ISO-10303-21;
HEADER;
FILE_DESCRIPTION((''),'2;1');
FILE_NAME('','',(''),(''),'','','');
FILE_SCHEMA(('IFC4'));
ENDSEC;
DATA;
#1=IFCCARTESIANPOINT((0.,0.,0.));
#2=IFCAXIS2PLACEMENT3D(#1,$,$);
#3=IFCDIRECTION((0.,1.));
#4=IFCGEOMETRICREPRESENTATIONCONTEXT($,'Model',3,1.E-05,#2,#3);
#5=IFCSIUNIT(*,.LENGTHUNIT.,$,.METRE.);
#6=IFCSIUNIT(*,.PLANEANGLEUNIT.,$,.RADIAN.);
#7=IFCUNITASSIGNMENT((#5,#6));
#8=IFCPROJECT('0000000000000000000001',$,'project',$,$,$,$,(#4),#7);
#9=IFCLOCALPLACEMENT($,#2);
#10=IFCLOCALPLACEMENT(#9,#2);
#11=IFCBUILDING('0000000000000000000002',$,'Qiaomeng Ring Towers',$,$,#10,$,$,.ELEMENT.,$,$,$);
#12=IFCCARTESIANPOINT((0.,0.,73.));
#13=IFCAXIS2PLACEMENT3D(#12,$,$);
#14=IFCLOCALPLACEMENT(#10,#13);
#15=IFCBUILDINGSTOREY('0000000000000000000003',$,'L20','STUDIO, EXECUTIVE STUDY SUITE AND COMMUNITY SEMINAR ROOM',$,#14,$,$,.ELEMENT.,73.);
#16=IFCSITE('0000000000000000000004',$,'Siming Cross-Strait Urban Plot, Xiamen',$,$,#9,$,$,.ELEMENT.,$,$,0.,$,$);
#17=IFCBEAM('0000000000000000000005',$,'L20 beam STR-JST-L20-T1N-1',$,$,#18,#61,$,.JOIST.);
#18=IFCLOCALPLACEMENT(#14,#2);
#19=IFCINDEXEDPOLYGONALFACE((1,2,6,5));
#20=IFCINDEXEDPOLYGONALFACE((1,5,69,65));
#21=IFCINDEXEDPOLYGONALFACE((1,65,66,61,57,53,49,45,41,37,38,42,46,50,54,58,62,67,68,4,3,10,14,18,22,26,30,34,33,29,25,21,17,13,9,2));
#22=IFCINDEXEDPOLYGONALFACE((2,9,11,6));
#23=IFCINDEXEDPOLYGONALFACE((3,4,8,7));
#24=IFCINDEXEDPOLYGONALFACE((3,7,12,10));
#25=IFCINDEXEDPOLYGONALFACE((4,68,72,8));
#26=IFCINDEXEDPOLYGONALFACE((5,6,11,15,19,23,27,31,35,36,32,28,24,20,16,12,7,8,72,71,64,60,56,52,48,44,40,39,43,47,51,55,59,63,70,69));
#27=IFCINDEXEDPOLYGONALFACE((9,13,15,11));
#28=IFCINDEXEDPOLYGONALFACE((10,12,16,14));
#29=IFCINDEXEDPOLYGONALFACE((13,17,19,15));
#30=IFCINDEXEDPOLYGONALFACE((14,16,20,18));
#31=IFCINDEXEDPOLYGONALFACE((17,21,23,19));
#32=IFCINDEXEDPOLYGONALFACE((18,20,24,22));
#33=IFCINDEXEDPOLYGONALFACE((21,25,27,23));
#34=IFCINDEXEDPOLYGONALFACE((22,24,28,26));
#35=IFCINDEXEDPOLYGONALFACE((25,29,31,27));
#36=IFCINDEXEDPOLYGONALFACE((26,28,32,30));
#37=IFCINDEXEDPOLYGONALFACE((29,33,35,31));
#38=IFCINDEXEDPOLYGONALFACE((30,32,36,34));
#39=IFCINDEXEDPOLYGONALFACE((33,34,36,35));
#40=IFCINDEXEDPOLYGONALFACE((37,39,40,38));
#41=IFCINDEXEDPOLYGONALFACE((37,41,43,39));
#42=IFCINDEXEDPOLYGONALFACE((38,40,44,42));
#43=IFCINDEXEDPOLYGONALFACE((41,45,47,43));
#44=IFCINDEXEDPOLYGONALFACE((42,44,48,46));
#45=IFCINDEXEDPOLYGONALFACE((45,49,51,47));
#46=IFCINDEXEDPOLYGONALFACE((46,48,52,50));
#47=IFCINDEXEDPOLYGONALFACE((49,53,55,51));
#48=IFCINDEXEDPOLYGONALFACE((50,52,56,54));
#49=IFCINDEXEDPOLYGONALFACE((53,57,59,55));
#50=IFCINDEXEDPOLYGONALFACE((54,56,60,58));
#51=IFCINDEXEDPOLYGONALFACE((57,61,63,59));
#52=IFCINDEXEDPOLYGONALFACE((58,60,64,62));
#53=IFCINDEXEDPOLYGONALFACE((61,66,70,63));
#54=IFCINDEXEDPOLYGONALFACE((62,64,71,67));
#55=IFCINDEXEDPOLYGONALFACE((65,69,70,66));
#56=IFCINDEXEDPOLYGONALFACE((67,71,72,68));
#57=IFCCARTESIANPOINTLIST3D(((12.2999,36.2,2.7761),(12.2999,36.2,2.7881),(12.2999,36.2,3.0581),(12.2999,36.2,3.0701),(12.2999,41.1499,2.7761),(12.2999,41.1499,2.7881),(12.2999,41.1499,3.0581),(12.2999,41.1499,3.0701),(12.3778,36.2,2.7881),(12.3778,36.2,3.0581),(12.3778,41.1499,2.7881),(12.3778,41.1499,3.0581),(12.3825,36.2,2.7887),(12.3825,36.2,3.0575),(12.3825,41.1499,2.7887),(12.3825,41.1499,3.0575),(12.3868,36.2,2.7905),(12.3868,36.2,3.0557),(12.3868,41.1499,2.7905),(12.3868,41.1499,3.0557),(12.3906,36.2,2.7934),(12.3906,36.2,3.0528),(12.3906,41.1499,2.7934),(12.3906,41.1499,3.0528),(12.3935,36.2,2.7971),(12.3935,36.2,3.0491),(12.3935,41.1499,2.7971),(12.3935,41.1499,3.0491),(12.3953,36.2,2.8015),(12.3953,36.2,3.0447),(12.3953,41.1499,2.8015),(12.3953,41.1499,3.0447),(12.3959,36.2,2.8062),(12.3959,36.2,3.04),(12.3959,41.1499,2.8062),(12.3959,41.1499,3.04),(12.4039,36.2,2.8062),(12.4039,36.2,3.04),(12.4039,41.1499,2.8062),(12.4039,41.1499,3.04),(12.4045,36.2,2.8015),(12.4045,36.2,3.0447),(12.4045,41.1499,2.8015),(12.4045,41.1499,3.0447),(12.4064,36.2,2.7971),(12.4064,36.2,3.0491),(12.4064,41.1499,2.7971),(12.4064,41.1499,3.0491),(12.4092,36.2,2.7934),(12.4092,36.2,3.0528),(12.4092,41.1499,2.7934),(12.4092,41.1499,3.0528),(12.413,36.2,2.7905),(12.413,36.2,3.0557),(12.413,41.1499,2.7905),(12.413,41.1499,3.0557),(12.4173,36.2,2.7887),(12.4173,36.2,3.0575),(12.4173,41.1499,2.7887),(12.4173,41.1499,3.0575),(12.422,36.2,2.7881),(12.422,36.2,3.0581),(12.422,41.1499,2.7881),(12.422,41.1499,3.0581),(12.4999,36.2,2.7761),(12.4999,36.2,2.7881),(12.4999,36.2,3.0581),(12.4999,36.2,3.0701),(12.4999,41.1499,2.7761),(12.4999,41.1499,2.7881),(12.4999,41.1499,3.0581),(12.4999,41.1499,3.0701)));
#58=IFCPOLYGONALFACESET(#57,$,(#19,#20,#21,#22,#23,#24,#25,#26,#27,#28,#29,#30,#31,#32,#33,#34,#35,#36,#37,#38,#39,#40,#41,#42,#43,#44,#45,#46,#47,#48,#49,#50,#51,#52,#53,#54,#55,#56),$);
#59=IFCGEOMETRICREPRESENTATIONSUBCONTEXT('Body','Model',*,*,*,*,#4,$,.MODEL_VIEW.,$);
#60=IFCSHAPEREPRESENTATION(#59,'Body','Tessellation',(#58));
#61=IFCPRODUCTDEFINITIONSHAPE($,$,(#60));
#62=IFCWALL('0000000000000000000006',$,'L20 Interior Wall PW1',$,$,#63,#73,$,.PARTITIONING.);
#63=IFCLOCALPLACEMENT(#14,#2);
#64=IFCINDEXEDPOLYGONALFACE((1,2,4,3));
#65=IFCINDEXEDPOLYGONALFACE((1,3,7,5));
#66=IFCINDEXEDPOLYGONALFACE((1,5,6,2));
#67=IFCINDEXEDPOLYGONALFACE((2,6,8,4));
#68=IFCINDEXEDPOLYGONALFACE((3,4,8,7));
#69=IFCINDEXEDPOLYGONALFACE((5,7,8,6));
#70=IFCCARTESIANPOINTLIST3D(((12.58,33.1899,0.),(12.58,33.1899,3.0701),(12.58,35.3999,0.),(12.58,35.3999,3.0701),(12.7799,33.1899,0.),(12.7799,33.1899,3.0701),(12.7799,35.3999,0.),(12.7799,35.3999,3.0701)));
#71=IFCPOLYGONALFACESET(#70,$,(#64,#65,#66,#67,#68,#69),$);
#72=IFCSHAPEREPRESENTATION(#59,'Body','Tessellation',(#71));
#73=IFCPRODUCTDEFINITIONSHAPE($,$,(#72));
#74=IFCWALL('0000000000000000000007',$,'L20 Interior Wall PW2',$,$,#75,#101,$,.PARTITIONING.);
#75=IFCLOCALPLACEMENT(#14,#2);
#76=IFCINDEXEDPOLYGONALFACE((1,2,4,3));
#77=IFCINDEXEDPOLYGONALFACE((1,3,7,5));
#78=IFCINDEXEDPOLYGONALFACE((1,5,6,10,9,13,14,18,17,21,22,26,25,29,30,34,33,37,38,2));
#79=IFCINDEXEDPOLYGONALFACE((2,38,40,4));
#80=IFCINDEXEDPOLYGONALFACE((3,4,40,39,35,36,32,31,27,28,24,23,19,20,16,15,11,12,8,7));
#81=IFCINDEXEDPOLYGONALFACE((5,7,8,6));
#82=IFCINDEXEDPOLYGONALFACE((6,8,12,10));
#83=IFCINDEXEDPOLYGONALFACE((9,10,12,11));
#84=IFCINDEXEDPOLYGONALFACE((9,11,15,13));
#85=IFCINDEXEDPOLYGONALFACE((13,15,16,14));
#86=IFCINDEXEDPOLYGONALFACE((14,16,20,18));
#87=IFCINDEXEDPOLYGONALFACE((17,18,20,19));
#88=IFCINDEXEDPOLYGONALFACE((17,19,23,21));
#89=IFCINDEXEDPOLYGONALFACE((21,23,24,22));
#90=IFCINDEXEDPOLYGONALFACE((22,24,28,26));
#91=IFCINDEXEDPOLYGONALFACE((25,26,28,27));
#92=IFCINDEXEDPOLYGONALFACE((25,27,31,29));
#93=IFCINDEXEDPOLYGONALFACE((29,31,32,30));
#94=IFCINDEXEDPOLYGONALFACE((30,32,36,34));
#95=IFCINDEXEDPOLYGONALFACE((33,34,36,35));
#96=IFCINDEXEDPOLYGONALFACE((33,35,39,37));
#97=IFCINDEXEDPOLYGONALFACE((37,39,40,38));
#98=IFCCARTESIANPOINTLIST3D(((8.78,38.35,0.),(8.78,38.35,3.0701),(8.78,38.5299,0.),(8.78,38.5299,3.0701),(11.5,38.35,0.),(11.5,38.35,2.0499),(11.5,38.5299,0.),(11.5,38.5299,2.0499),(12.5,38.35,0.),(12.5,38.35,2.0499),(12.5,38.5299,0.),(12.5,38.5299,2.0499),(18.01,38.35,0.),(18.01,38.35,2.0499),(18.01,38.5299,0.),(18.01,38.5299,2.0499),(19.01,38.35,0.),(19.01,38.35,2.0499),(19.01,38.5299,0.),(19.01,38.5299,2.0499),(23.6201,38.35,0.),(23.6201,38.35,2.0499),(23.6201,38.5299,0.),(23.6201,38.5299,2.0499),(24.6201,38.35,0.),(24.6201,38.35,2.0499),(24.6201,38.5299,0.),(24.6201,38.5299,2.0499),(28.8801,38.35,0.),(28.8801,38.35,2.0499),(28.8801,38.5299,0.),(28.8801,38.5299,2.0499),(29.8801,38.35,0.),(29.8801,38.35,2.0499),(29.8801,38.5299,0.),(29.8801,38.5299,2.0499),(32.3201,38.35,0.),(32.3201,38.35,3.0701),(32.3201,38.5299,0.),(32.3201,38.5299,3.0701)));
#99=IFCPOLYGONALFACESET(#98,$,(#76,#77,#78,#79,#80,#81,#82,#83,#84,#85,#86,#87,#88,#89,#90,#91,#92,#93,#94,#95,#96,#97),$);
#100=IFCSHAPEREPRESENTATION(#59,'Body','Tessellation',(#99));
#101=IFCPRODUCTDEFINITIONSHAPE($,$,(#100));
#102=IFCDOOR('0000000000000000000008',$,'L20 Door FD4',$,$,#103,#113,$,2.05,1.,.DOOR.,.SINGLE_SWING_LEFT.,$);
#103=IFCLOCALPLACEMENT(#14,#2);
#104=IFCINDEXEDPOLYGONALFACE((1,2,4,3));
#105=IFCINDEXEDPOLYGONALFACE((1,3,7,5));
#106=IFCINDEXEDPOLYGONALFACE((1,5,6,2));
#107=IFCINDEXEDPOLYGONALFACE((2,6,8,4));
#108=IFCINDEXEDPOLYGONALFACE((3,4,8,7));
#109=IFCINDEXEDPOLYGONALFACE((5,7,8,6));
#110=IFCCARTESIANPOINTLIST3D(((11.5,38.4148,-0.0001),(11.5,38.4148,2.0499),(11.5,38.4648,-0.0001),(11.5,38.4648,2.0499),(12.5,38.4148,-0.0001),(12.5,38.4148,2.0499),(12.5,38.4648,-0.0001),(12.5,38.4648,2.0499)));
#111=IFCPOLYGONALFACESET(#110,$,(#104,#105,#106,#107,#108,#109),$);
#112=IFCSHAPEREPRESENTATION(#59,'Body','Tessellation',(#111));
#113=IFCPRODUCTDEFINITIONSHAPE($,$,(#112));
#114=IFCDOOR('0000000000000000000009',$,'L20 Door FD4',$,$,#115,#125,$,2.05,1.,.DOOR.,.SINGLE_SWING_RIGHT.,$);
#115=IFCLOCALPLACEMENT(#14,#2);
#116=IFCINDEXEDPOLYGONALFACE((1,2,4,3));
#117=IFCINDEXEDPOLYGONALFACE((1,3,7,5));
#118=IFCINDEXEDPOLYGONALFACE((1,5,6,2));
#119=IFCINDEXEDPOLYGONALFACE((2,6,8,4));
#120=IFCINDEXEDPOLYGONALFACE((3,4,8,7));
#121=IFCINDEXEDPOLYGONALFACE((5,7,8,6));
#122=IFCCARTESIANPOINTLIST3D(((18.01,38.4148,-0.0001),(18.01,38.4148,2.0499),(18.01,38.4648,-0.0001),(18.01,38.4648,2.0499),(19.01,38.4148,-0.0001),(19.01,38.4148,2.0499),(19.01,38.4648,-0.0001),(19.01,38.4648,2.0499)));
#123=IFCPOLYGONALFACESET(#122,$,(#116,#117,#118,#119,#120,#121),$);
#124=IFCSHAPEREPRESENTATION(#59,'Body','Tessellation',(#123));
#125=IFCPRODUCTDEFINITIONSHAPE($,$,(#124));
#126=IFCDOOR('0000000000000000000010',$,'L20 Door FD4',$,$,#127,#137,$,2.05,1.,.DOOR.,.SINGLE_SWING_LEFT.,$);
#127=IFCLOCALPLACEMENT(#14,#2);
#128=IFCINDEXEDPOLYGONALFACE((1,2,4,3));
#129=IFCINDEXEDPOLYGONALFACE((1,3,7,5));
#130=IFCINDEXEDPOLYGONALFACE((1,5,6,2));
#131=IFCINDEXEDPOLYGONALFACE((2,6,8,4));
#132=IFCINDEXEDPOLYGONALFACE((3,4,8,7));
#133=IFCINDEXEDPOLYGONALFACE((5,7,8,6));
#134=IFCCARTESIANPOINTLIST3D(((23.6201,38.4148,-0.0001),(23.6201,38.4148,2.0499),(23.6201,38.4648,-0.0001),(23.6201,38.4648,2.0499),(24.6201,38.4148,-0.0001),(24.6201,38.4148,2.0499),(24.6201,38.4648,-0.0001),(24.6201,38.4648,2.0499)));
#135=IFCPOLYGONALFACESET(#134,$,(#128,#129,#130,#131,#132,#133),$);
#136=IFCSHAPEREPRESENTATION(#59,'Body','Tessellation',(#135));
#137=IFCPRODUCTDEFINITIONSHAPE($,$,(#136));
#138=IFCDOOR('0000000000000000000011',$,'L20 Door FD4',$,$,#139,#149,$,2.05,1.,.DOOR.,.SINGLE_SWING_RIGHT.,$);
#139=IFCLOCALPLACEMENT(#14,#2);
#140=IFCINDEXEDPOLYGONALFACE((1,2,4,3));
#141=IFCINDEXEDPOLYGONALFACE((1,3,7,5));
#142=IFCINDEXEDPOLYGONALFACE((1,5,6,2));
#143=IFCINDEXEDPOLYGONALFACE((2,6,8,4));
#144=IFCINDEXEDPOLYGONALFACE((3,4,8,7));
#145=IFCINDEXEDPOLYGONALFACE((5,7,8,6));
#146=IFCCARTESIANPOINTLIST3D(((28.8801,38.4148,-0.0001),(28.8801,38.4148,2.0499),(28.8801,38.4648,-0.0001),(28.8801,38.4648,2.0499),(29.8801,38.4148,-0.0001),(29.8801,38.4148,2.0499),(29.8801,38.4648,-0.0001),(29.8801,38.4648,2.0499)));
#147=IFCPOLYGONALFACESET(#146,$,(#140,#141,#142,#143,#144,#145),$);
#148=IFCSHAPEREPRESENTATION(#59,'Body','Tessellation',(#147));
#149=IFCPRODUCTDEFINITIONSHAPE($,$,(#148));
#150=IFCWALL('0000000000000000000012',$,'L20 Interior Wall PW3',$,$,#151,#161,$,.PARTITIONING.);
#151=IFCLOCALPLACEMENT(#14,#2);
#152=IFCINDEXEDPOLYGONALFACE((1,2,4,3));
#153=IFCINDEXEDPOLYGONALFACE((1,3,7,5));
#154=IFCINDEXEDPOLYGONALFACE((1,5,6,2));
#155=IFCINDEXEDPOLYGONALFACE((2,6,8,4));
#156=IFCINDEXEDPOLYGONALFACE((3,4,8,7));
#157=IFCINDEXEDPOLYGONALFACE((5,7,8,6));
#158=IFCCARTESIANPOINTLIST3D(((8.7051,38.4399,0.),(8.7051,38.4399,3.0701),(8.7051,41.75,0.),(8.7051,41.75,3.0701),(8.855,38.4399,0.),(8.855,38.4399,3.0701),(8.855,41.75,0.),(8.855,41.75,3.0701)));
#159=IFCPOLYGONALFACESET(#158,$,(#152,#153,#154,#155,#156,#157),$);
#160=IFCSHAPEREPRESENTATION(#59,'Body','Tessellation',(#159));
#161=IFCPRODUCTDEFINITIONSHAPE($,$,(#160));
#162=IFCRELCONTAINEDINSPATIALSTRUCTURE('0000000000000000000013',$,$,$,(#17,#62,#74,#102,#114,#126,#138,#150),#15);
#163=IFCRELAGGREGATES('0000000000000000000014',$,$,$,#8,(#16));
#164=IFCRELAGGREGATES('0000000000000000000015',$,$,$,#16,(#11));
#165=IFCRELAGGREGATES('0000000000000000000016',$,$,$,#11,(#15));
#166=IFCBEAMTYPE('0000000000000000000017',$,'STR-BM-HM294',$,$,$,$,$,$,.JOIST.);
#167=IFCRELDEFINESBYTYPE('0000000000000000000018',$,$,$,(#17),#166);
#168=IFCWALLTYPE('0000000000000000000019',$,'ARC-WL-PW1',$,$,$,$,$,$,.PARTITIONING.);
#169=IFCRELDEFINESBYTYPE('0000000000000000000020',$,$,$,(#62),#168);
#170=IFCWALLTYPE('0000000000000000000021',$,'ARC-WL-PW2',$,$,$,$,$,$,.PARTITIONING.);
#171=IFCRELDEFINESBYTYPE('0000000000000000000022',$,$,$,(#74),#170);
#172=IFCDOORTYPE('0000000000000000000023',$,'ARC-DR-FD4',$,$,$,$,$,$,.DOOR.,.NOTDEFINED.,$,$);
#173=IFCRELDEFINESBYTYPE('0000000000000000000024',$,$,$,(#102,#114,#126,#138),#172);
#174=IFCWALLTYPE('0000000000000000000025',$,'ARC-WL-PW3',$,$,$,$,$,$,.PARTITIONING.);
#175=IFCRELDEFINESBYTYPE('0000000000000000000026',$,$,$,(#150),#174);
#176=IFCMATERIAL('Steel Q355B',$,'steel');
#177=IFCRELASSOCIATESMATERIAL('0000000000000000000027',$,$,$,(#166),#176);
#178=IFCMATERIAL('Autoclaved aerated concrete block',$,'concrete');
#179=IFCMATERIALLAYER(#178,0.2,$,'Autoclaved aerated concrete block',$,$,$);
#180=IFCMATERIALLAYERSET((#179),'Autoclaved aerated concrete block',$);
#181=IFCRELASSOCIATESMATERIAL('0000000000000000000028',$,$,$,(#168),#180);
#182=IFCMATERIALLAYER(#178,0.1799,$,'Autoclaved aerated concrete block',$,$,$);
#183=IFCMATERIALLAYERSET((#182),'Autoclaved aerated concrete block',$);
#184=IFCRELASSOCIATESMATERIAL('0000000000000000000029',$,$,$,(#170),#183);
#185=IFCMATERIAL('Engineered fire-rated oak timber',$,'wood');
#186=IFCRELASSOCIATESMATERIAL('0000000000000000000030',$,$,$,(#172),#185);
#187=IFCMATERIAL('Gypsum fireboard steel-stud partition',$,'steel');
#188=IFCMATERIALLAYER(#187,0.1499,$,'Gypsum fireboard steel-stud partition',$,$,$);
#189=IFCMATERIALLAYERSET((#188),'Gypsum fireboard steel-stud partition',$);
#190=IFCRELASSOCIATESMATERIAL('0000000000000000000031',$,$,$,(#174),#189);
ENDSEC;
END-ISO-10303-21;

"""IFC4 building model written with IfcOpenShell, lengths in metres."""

from ifc_helpers import new_model, si_unit, direction, frame, frame_2d, origin, origin_2d, place, context, subcontext, project, spatial, rectangle, i_section, extrude, source, transform, mapped, material, layer, layer_set, material_profile, profile_set, type_object, element, fill, save


model = new_model("IFC4")

# Units and contexts
model_context = context("Model", 3, precision=1e-05, world=origin(), true_north=direction((0.0, 1.0)))
body_context = subcontext(model_context, "Body", "Model", "MODEL_VIEW")
ifc_project = project(units=[si_unit("LENGTHUNIT", "METRE"), si_unit("PLANEANGLEUNIT", "RADIAN")], contexts=[model_context])

# Site, building, storey
site_placement = place(None, origin())
site = spatial("IfcSite", under=ifc_project, at=site_placement, Name="Siming Cross-Strait Urban Plot, Xiamen", CompositionType="ELEMENT", RefElevation=0.0)
building_placement = place(site_placement, origin())
building = spatial("IfcBuilding", under=site, at=building_placement, Name="Qiaomeng Ring Towers", CompositionType="ELEMENT")
storey_placement = place(building_placement, frame((0.0, 0.0, 73.0)))
storey = spatial("IfcBuildingStorey", under=building, at=storey_placement, Name="L20", Description="STUDIO, EXECUTIVE STUDY SUITE AND COMMUNITY SEMINAR ROOM", CompositionType="ELEMENT", Elevation=73.0)

# Beam
ifc_material_1 = material(Name="Steel Q355B", Category="steel")
ifc_material_profile = material_profile(ifc_material_1, i_section(OverallWidth=0.2, OverallDepth=0.2939, WebThickness=0.0081, FlangeThickness=0.012, FilletRadius=0.0181, at=origin_2d()), Name="HM 294x200x8x12")
ifc_profile_set = profile_set([ifc_material_profile], Name="Steel Q355B")
beam_type = type_object("IfcBeamType", Name="STR-BM-HM294", PredefinedType="JOIST", material=ifc_profile_set)
shared_shape_1 = source(origin(), body_context, "Body", "SweptSolid", [
    extrude(i_section(OverallWidth=0.2, OverallDepth=0.2939, WebThickness=0.0081, FlangeThickness=0.012, FilletRadius=0.0181, at=origin_2d()), origin(), (0.0, 0.0, 1.0), 4.95),
])
beam_placement = place(storey_placement, frame((12.3999, 36.2, 2.9231), z_axis=(0.0, 1.0, 0.0), x_axis=(-1.0, 0.0, 0.0)))
element("IfcBeam", 1, at=beam_placement, inside=storey, type_object=beam_type, Name="L20 beam STR-JST-L20-T1N-1", PredefinedType="JOIST", context=body_context, shape_type="MappedRepresentation", body=[
    mapped(shared_shape_1, transform((0.0, 0.0, 0.0), x_axis=(1.0, 0.0, 0.0), y_axis=(0.0, 1.0, 0.0), z_axis=(0.0, 0.0, 1.0), scale=1.0)),
])

# Wall
ifc_material_2 = material(Name="Autoclaved aerated concrete block", Category="concrete")
ifc_layer_1 = layer(ifc_material_2, 0.2, Name="Autoclaved aerated concrete block")
ifc_layer_set_1 = layer_set([ifc_layer_1], Name="Autoclaved aerated concrete block")
wall_type_1 = type_object("IfcWallType", Name="ARC-WL-PW1", PredefinedType="PARTITIONING", material=ifc_layer_set_1)
wall_1_placement = place(storey_placement, frame((12.6799, 33.1899, 0.0), z_axis=(0.0, 0.0, 1.0), x_axis=(0.0, 1.0, 0.0)))
element("IfcWall", 2, at=wall_1_placement, inside=storey, type_object=wall_type_1, Name="L20 Interior Wall PW1", PredefinedType="PARTITIONING", context=body_context, shape_type="SweptSolid", body=[
    extrude(rectangle(XDim=2.21, YDim=0.2, at=frame_2d((1.105, 0.0))), origin(), (0.0, 0.0, 1.0), 3.0701),
])

# Wall, openings, doors
ifc_layer_2 = layer(ifc_material_2, 0.1799, Name="Autoclaved aerated concrete block")
ifc_layer_set_2 = layer_set([ifc_layer_2], Name="Autoclaved aerated concrete block")
wall_type_2 = type_object("IfcWallType", Name="ARC-WL-PW2", PredefinedType="PARTITIONING", material=ifc_layer_set_2)
wall_2_placement = place(storey_placement, frame((8.78, 38.4399, 0.0), z_axis=(0.0, 0.0, 1.0), x_axis=(1.0, 0.0, 0.0)))
wall_2 = element("IfcWall", 3, at=wall_2_placement, inside=storey, type_object=wall_type_2, Name="L20 Interior Wall PW2", PredefinedType="PARTITIONING", context=body_context, shape_type="SweptSolid", body=[
    extrude(rectangle(XDim=23.54, YDim=0.1799, at=frame_2d((11.77, 0.0))), origin(), (0.0, 0.0, 1.0), 3.0701),
])
opening_1_placement = place(wall_2_placement, frame((2.72, 0.0, 0.0)))
opening_1 = element("IfcOpeningElement", 4, at=opening_1_placement, cuts=wall_2, PredefinedType="OPENING", context=body_context, shape_type="SweptSolid", body=[
    extrude(rectangle(XDim=1.0, YDim=2.05, at=frame_2d((0.5, 1.0249))), frame((0.0, 0.0999, 0.0), z_axis=(0.0, -1.0, 0.0), x_axis=(1.0, 0.0, 0.0)), (0.0, 0.0, 1.0), 0.2),
])
opening_2_placement = place(wall_2_placement, frame((9.23, 0.0, 0.0)))
opening_2 = element("IfcOpeningElement", 5, at=opening_2_placement, cuts=wall_2, PredefinedType="OPENING", context=body_context, shape_type="SweptSolid", body=[
    extrude(rectangle(XDim=1.0, YDim=2.05, at=frame_2d((0.5, 1.0249))), frame((0.0, 0.0999, 0.0), z_axis=(0.0, -1.0, 0.0), x_axis=(1.0, 0.0, 0.0)), (0.0, 0.0, 1.0), 0.2),
])
opening_3_placement = place(wall_2_placement, frame((14.8401, 0.0, 0.0)))
opening_3 = element("IfcOpeningElement", 6, at=opening_3_placement, cuts=wall_2, PredefinedType="OPENING", context=body_context, shape_type="SweptSolid", body=[
    extrude(rectangle(XDim=1.0, YDim=2.05, at=frame_2d((0.5, 1.0249))), frame((0.0, 0.0999, 0.0), z_axis=(0.0, -1.0, 0.0), x_axis=(1.0, 0.0, 0.0)), (0.0, 0.0, 1.0), 0.2),
])
opening_4_placement = place(wall_2_placement, frame((20.1001, 0.0, 0.0)))
opening_4 = element("IfcOpeningElement", 7, at=opening_4_placement, cuts=wall_2, PredefinedType="OPENING", context=body_context, shape_type="SweptSolid", body=[
    extrude(rectangle(XDim=1.0, YDim=2.05, at=frame_2d((0.5, 1.0249))), frame((0.0, 0.0999, 0.0), z_axis=(0.0, -1.0, 0.0), x_axis=(1.0, 0.0, 0.0)), (0.0, 0.0, 1.0), 0.2),
])
ifc_material_3 = material(Name="Engineered fire-rated oak timber", Category="wood")
door_type_1 = type_object("IfcDoorType", Name="ARC-DR-FD4", OperationType="NOTDEFINED", PredefinedType="DOOR", material=ifc_material_3)
shared_shape_2 = source(origin(), body_context, "Body", "SweptSolid", [
    extrude(rectangle(XDim=1.0, YDim=2.05, at=frame_2d((0.5, 1.0249))), frame((0.0, 0.0249, 0.0), z_axis=(0.0, -1.0, 0.0), x_axis=(1.0, 0.0, 0.0)), (0.0, 0.0, 1.0), 0.05),
])
door_1_placement = place(opening_1_placement, origin())
door_1 = element("IfcDoor", 8, at=door_1_placement, inside=storey, type_object=door_type_1, Name="L20 Door FD4", OperationType="SINGLE_SWING_LEFT", OverallHeight=2.05, OverallWidth=1.0, PredefinedType="DOOR", context=body_context, shape_type="MappedRepresentation", body=[
    mapped(shared_shape_2, transform((0.0, 0.0, 0.0), x_axis=(1.0, 0.0, 0.0), y_axis=(0.0, 1.0, 0.0), z_axis=(0.0, 0.0, 1.0), scale=1.0)),
])
fill(opening_1, door_1)
door_2_placement = place(opening_2_placement, origin())
door_2 = element("IfcDoor", 9, at=door_2_placement, inside=storey, type_object=door_type_1, Name="L20 Door FD4", OperationType="SINGLE_SWING_RIGHT", OverallHeight=2.05, OverallWidth=1.0, PredefinedType="DOOR", context=body_context, shape_type="MappedRepresentation", body=[
    mapped(shared_shape_2, transform((0.0, 0.0, 0.0), x_axis=(1.0, 0.0, 0.0), y_axis=(0.0, 1.0, 0.0), z_axis=(0.0, 0.0, 1.0), scale=1.0)),
])
fill(opening_2, door_2)
door_3_placement = place(opening_3_placement, origin())
door_3 = element("IfcDoor", 10, at=door_3_placement, inside=storey, type_object=door_type_1, Name="L20 Door FD4", OperationType="SINGLE_SWING_LEFT", OverallHeight=2.05, OverallWidth=1.0, PredefinedType="DOOR", context=body_context, shape_type="MappedRepresentation", body=[
    mapped(shared_shape_2, transform((0.0, 0.0, 0.0), x_axis=(1.0, 0.0, 0.0), y_axis=(0.0, 1.0, 0.0), z_axis=(0.0, 0.0, 1.0), scale=1.0)),
])
fill(opening_3, door_3)
door_4_placement = place(opening_4_placement, origin())
door_4 = element("IfcDoor", 11, at=door_4_placement, inside=storey, type_object=door_type_1, Name="L20 Door FD4", OperationType="SINGLE_SWING_RIGHT", OverallHeight=2.05, OverallWidth=1.0, PredefinedType="DOOR", context=body_context, shape_type="MappedRepresentation", body=[
    mapped(shared_shape_2, transform((0.0, 0.0, 0.0), x_axis=(1.0, 0.0, 0.0), y_axis=(0.0, 1.0, 0.0), z_axis=(0.0, 0.0, 1.0), scale=1.0)),
])
fill(opening_4, door_4)

# Wall
ifc_material_4 = material(Name="Gypsum fireboard steel-stud partition", Category="steel")
ifc_layer_3 = layer(ifc_material_4, 0.1499, Name="Gypsum fireboard steel-stud partition")
ifc_layer_set_3 = layer_set([ifc_layer_3], Name="Gypsum fireboard steel-stud partition")
wall_type_3 = type_object("IfcWallType", Name="ARC-WL-PW3", PredefinedType="PARTITIONING", material=ifc_layer_set_3)
wall_3_placement = place(storey_placement, frame((8.78, 38.4399, 0.0), z_axis=(0.0, 0.0, 1.0), x_axis=(0.0, 1.0, 0.0)))
element("IfcWall", 12, at=wall_3_placement, inside=storey, type_object=wall_type_3, Name="L20 Interior Wall PW3", PredefinedType="PARTITIONING", context=body_context, shape_type="SweptSolid", body=[
    extrude(rectangle(XDim=3.3101, YDim=0.1499, at=frame_2d((1.655, 0.0))), origin(), (0.0, 0.0, 1.0), 3.0701),
])

save(model, "model.ifc")
